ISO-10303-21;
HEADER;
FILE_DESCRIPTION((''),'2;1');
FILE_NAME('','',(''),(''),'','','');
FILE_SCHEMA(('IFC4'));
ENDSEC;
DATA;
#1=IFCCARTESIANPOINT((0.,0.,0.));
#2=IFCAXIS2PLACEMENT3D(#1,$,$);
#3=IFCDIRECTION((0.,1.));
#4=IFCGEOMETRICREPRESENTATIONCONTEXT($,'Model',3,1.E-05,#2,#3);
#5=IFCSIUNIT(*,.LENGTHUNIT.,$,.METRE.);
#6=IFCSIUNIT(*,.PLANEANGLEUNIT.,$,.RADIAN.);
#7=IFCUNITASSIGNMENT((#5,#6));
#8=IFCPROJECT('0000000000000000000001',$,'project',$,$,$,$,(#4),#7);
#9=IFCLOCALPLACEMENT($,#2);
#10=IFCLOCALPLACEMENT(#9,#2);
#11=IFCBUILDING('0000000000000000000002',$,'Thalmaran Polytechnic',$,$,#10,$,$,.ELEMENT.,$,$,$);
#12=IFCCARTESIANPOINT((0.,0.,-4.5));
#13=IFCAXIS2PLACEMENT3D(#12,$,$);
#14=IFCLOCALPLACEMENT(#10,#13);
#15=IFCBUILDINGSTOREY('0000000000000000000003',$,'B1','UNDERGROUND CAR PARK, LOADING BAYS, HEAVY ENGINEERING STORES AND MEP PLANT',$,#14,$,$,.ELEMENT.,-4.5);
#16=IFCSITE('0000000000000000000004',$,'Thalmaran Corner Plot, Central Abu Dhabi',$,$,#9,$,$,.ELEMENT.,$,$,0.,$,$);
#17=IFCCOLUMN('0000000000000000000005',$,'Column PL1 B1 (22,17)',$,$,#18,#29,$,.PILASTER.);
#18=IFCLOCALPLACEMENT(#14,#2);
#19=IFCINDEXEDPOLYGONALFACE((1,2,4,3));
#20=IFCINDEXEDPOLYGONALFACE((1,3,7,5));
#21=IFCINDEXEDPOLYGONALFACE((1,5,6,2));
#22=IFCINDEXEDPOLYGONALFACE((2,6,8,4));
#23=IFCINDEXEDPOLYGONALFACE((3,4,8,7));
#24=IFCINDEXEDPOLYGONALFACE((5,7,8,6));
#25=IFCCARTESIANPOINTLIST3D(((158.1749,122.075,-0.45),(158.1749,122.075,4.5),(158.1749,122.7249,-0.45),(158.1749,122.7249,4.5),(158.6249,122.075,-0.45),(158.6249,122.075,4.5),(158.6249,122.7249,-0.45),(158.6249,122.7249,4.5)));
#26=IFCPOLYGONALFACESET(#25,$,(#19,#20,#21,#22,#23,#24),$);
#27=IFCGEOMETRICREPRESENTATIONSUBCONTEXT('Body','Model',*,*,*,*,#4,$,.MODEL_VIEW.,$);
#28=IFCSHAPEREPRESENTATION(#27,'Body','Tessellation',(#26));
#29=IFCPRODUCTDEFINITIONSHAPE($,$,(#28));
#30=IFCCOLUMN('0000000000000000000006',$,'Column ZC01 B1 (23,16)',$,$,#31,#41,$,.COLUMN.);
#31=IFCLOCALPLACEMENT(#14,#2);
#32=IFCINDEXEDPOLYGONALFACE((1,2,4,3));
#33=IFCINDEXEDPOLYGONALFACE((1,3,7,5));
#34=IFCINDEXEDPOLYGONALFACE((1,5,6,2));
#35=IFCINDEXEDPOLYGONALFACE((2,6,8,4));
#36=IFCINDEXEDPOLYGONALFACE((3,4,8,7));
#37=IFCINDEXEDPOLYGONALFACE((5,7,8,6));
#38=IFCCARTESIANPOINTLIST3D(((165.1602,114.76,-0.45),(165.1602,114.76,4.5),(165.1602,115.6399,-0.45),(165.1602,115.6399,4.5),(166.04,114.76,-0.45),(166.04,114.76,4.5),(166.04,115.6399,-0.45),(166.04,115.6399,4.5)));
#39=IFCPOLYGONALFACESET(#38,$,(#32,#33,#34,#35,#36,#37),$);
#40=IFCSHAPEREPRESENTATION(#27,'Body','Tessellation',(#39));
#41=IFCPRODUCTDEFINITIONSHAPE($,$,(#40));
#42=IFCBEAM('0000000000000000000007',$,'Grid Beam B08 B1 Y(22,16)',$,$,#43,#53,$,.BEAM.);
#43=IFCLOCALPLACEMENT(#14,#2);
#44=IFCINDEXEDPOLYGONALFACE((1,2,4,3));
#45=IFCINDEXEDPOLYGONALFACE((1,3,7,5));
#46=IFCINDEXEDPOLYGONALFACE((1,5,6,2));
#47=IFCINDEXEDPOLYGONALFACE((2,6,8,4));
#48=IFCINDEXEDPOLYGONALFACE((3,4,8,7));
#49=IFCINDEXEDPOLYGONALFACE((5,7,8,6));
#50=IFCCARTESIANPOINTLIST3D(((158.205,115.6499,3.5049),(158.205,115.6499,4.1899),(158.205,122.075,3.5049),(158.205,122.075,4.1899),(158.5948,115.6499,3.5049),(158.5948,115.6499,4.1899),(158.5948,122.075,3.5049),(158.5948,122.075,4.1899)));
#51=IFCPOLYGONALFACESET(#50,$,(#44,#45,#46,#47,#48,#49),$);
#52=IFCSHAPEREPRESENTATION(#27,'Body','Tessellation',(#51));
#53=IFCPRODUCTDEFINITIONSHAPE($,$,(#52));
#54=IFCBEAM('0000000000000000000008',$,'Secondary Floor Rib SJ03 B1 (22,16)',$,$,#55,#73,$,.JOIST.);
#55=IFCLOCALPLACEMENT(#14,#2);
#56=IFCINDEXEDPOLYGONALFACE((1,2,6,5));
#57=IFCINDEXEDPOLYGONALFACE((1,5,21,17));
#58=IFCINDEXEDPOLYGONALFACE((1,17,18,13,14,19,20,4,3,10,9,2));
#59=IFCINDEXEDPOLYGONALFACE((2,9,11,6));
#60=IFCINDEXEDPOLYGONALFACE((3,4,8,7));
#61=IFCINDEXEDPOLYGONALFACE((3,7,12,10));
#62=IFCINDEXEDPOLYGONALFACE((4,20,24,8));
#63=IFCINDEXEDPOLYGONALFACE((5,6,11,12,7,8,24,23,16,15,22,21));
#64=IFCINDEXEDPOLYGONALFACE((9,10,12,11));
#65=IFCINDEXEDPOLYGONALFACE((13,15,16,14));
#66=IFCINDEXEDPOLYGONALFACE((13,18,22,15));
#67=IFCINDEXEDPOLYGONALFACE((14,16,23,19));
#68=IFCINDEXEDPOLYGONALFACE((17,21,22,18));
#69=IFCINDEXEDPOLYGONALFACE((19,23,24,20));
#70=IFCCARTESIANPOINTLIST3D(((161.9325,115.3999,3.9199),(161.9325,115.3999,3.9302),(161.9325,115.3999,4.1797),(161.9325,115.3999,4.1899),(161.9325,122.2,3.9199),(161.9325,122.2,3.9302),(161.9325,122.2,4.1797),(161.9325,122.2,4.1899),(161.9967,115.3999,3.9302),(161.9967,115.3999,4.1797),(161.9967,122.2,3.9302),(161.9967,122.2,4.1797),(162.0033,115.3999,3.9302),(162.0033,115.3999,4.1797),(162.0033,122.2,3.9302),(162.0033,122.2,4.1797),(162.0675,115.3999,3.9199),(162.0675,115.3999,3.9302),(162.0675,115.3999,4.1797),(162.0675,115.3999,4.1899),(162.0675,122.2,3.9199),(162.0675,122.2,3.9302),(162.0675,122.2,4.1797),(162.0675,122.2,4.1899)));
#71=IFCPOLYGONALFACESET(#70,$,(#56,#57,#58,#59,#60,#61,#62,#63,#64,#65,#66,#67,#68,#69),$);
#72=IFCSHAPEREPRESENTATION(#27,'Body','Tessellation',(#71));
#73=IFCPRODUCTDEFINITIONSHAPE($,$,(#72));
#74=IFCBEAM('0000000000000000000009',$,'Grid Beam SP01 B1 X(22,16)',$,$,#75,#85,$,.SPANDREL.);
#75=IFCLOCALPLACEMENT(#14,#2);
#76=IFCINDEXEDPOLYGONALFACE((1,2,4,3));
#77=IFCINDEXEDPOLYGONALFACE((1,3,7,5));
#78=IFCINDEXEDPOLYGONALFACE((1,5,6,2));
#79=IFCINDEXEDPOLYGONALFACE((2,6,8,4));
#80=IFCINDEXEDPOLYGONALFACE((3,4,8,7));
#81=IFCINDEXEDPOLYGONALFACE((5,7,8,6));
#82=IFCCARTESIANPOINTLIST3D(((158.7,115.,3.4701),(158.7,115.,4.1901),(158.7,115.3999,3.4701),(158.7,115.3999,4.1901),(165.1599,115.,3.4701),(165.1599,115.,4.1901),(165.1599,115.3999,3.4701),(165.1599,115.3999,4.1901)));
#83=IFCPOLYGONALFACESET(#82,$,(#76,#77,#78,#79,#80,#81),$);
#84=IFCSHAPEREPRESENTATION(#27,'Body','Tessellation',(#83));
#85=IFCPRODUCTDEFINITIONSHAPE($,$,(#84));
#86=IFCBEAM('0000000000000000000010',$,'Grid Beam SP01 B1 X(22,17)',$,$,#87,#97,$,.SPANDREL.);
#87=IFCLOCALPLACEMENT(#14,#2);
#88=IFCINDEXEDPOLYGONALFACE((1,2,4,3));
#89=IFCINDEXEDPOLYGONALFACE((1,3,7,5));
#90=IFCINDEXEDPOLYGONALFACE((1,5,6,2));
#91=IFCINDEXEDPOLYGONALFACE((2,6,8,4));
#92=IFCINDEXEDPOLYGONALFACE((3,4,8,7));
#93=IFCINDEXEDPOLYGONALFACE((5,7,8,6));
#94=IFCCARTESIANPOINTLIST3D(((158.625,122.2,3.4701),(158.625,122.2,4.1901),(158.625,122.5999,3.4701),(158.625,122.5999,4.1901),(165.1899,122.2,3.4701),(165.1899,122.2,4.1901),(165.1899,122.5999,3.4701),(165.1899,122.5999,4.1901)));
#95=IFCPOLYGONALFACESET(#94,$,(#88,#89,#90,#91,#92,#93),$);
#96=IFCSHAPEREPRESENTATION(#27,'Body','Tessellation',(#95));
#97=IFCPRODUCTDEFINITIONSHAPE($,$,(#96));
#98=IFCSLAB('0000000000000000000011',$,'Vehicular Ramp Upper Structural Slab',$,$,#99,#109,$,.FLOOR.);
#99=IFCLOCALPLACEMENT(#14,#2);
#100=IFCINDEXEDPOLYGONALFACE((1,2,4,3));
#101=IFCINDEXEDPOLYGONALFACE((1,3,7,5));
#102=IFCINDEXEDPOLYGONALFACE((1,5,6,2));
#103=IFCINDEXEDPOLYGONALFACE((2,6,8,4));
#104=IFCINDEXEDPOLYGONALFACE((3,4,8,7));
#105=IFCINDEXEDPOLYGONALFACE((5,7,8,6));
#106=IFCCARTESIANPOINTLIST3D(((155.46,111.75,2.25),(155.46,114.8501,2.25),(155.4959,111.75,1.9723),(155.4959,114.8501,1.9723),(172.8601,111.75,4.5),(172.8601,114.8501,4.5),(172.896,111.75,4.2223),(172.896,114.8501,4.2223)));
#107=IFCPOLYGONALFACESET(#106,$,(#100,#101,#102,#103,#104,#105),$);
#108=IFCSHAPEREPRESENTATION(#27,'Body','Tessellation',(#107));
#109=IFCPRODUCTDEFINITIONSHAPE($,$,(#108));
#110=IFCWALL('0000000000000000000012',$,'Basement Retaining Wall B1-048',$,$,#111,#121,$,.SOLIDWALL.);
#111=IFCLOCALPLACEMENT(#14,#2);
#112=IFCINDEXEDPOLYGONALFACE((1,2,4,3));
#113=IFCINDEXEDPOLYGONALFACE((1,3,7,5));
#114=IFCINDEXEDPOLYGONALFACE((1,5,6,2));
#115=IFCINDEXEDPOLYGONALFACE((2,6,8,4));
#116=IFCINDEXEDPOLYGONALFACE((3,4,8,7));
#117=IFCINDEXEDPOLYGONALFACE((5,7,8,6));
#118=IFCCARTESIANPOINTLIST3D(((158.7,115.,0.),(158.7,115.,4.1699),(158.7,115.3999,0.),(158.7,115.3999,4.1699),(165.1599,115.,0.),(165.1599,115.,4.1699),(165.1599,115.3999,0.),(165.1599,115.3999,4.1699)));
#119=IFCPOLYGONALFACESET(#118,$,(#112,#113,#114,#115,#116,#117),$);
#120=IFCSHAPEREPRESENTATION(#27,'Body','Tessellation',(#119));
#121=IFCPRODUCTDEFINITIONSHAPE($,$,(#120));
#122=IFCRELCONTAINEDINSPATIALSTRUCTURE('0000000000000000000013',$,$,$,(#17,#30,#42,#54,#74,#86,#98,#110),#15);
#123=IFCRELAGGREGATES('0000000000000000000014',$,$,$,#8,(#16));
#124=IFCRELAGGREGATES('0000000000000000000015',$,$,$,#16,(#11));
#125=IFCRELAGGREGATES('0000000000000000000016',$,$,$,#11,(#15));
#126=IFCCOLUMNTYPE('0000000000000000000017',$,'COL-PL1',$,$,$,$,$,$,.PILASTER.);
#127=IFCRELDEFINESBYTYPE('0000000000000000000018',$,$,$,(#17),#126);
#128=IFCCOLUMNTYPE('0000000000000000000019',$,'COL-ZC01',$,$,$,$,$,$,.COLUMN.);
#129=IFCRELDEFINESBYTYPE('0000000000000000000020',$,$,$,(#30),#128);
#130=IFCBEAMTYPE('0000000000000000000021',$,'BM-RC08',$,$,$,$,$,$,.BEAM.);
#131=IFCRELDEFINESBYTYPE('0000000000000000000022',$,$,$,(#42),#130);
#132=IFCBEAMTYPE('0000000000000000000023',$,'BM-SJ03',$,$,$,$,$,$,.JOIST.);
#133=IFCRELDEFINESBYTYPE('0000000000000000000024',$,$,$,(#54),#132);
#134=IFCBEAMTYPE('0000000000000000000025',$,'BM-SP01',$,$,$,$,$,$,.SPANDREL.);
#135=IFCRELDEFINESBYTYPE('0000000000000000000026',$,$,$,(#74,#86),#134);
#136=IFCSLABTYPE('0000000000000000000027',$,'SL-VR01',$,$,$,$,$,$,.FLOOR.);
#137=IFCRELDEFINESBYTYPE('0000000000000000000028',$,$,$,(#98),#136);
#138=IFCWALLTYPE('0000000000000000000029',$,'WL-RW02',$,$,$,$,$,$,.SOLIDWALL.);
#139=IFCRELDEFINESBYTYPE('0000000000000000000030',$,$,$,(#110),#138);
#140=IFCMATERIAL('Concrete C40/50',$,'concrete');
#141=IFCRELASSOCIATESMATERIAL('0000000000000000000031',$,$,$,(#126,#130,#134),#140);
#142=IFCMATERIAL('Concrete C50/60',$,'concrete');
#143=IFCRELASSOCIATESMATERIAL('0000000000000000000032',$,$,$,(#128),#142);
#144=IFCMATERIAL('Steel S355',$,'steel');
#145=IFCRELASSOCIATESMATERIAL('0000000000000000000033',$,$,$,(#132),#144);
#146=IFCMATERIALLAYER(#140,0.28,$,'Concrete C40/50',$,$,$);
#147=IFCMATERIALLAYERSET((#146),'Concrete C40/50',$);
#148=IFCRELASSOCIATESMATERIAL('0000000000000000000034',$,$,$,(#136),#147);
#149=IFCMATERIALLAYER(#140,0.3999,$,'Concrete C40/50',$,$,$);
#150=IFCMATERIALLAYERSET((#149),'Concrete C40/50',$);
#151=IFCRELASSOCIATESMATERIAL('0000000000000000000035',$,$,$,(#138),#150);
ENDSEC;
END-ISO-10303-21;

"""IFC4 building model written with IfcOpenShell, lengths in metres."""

from ifc_helpers import new_model, si_unit, direction, frame, frame_2d, origin, origin_2d, place, context, subcontext, project, spatial, polyline, rectangle, i_section, outline, extrude, material, layer, layer_set, material_profile, profile_set, type_object, element, save


model = new_model("IFC4")

# Units and contexts
model_context = context("Model", 3, precision=1e-05, world=origin(), true_north=direction((0.0, 1.0)))
body_context = subcontext(model_context, "Body", "Model", "MODEL_VIEW")
ifc_project = project(units=[si_unit("LENGTHUNIT", "METRE"), si_unit("PLANEANGLEUNIT", "RADIAN")], contexts=[model_context])

# Site, building, storey
site_placement = place(None, origin())
site = spatial("IfcSite", under=ifc_project, at=site_placement, Name="Thalmaran Corner Plot, Central Abu Dhabi", CompositionType="ELEMENT", RefElevation=0.0)
building_placement = place(site_placement, origin())
building = spatial("IfcBuilding", under=site, at=building_placement, Name="Thalmaran Polytechnic", CompositionType="ELEMENT")
storey_placement = place(building_placement, frame((0.0, 0.0, -4.5)))
storey = spatial("IfcBuildingStorey", under=building, at=storey_placement, Name="B1", Description="UNDERGROUND CAR PARK, LOADING BAYS, HEAVY ENGINEERING STORES AND MEP PLANT", CompositionType="ELEMENT", Elevation=-4.5)

# Shared definitions
ifc_material_1 = material(Name="Concrete C40/50", Category="concrete")

# Columns
ifc_material_2 = material(Name="Concrete C50/60", Category="concrete")
ifc_material_profile_1 = material_profile(ifc_material_1, rectangle(XDim=0.45, YDim=0.6499, at=origin_2d()), Name="RC 450x650")
ifc_profile_set_1 = profile_set([ifc_material_profile_1], Name="Concrete C40/50")
column_type_1 = type_object("IfcColumnType", Name="COL-PL1", PredefinedType="PILASTER", material=ifc_profile_set_1)
column_1_placement = place(storey_placement, frame((158.3999, 122.3999, -0.45), z_axis=(0.0, 0.0, 1.0), x_axis=(1.0, 0.0, 0.0)))
element("IfcColumn", 1, at=column_1_placement, inside=storey, type_object=column_type_1, Name="Column PL1 B1 (22,17)", PredefinedType="PILASTER", context=body_context, shape_type="SweptSolid", body=[
    extrude(rectangle(XDim=0.45, YDim=0.6499, at=origin_2d()), origin(), (0.0, 0.0, 1.0), 4.95),
])
ifc_material_profile_2 = material_profile(ifc_material_2, rectangle(XDim=0.8799, YDim=0.8799, at=origin_2d()), Name="RC 880x880")
ifc_profile_set_2 = profile_set([ifc_material_profile_2], Name="Concrete C50/60")
column_type_2 = type_object("IfcColumnType", Name="COL-ZC01", PredefinedType="COLUMN", material=ifc_profile_set_2)
column_2_placement = place(storey_placement, frame((165.6001, 115.2, -0.45), z_axis=(0.0, 0.0, 1.0), x_axis=(1.0, 0.0, 0.0)))
element("IfcColumn", 2, at=column_2_placement, inside=storey, type_object=column_type_2, Name="Column ZC01 B1 (23,16)", PredefinedType="COLUMN", context=body_context, shape_type="SweptSolid", body=[
    extrude(rectangle(XDim=0.8799, YDim=0.8799, at=origin_2d()), origin(), (0.0, 0.0, 1.0), 4.95),
])

# Beams
ifc_material_profile_3 = material_profile(ifc_material_1, rectangle(XDim=0.3899, YDim=0.6851, at=origin_2d()), Name="RC 390x685")
ifc_profile_set_3 = profile_set([ifc_material_profile_3], Name="Concrete C40/50")
beam_type_1 = type_object("IfcBeamType", Name="BM-RC08", PredefinedType="BEAM", material=ifc_profile_set_3)
beam_1_placement = place(storey_placement, frame((158.3999, 115.6499, 3.8474), z_axis=(0.0, 1.0, 0.0), x_axis=(-1.0, 0.0, 0.0)))
element("IfcBeam", 3, at=beam_1_placement, inside=storey, type_object=beam_type_1, Name="Grid Beam B08 B1 Y(22,16)", PredefinedType="BEAM", context=body_context, shape_type="SweptSolid", body=[
    extrude(rectangle(XDim=0.3899, YDim=0.6851, at=origin_2d()), origin(), (0.0, 0.0, 1.0), 6.425),
])
ifc_material_3 = material(Name="Steel S355", Category="steel")
ifc_material_profile_4 = material_profile(ifc_material_3, i_section(OverallWidth=0.135, OverallDepth=0.27, WebThickness=0.0066, FlangeThickness=0.0103, at=origin_2d()), Name="IPE 270")
ifc_profile_set_4 = profile_set([ifc_material_profile_4], Name="Steel S355")
beam_type_2 = type_object("IfcBeamType", Name="BM-SJ03", PredefinedType="JOIST", material=ifc_profile_set_4)
beam_2_placement = place(storey_placement, frame((162.0, 115.3999, 4.0549), z_axis=(0.0, 1.0, 0.0), x_axis=(-1.0, 0.0, 0.0)))
element("IfcBeam", 4, at=beam_2_placement, inside=storey, type_object=beam_type_2, Name="Secondary Floor Rib SJ03 B1 (22,16)", PredefinedType="JOIST", context=body_context, shape_type="SweptSolid", body=[
    extrude(i_section(OverallWidth=0.135, OverallDepth=0.27, WebThickness=0.0066, FlangeThickness=0.0103, at=origin_2d()), origin(), (0.0, 0.0, 1.0), 6.8),
])
ifc_material_profile_5 = material_profile(ifc_material_1, rectangle(XDim=0.3999, YDim=0.72, at=origin_2d()), Name="RC 400x720")
ifc_profile_set_5 = profile_set([ifc_material_profile_5], Name="Concrete C40/50")
beam_type_3 = type_object("IfcBeamType", Name="BM-SP01", PredefinedType="SPANDREL", material=ifc_profile_set_5)
beam_3_placement = place(storey_placement, frame((158.7, 115.2, 3.8301), z_axis=(1.0, 0.0, 0.0), x_axis=(0.0, 1.0, 0.0)))
element("IfcBeam", 5, at=beam_3_placement, inside=storey, type_object=beam_type_3, Name="Grid Beam SP01 B1 X(22,16)", PredefinedType="SPANDREL", context=body_context, shape_type="SweptSolid", body=[
    extrude(rectangle(XDim=0.3999, YDim=0.72, at=origin_2d()), origin(), (0.0, 0.0, 1.0), 6.46),
])
beam_4_placement = place(storey_placement, frame((158.625, 122.3999, 3.8301), z_axis=(1.0, 0.0, 0.0), x_axis=(0.0, 1.0, 0.0)))
element("IfcBeam", 6, at=beam_4_placement, inside=storey, type_object=beam_type_3, Name="Grid Beam SP01 B1 X(22,17)", PredefinedType="SPANDREL", context=body_context, shape_type="SweptSolid", body=[
    extrude(rectangle(XDim=0.3999, YDim=0.72, at=origin_2d()), origin(), (0.0, 0.0, 1.0), 6.5649),
])

# Slab
ifc_layer_1 = layer(ifc_material_1, 0.28, Name="Concrete C40/50")
ifc_layer_set_1 = layer_set([ifc_layer_1], Name="Concrete C40/50")
slab_type = type_object("IfcSlabType", Name="SL-VR01", PredefinedType="FLOOR", material=ifc_layer_set_1)
slab_placement = place(storey_placement, frame((155.46, 111.75, 2.25), z_axis=(-0.128242, 0.0, 0.991743), x_axis=(0.991743, 0.0, 0.128242)))
element("IfcSlab", 7, at=slab_placement, inside=storey, type_object=slab_type, Name="Vehicular Ramp Upper Structural Slab", PredefinedType="FLOOR", context=body_context, shape_type="SweptSolid", body=[
    extrude(outline(polyline([(0.0, 0.0), (17.545, 0.0), (17.545, 3.1001), (0.0, 3.1001), (0.0, 0.0)])), origin(), (0.0, 0.0, -1.0), 0.28),
])

# Wall
ifc_layer_2 = layer(ifc_material_1, 0.3999, Name="Concrete C40/50")
ifc_layer_set_2 = layer_set([ifc_layer_2], Name="Concrete C40/50")
wall_type = type_object("IfcWallType", Name="WL-RW02", PredefinedType="SOLIDWALL", material=ifc_layer_set_2)
wall_placement = place(storey_placement, frame((158.7, 115.2, 0.0), z_axis=(0.0, 0.0, 1.0), x_axis=(1.0, 0.0, 0.0)))
element("IfcWall", 8, at=wall_placement, inside=storey, type_object=wall_type, Name="Basement Retaining Wall B1-048", PredefinedType="SOLIDWALL", context=body_context, shape_type="SweptSolid", body=[
    extrude(rectangle(XDim=6.46, YDim=0.3999, at=frame_2d((3.23, 0.0))), origin(), (0.0, 0.0, 1.0), 4.1699),
])

save(model, "model.ifc")
